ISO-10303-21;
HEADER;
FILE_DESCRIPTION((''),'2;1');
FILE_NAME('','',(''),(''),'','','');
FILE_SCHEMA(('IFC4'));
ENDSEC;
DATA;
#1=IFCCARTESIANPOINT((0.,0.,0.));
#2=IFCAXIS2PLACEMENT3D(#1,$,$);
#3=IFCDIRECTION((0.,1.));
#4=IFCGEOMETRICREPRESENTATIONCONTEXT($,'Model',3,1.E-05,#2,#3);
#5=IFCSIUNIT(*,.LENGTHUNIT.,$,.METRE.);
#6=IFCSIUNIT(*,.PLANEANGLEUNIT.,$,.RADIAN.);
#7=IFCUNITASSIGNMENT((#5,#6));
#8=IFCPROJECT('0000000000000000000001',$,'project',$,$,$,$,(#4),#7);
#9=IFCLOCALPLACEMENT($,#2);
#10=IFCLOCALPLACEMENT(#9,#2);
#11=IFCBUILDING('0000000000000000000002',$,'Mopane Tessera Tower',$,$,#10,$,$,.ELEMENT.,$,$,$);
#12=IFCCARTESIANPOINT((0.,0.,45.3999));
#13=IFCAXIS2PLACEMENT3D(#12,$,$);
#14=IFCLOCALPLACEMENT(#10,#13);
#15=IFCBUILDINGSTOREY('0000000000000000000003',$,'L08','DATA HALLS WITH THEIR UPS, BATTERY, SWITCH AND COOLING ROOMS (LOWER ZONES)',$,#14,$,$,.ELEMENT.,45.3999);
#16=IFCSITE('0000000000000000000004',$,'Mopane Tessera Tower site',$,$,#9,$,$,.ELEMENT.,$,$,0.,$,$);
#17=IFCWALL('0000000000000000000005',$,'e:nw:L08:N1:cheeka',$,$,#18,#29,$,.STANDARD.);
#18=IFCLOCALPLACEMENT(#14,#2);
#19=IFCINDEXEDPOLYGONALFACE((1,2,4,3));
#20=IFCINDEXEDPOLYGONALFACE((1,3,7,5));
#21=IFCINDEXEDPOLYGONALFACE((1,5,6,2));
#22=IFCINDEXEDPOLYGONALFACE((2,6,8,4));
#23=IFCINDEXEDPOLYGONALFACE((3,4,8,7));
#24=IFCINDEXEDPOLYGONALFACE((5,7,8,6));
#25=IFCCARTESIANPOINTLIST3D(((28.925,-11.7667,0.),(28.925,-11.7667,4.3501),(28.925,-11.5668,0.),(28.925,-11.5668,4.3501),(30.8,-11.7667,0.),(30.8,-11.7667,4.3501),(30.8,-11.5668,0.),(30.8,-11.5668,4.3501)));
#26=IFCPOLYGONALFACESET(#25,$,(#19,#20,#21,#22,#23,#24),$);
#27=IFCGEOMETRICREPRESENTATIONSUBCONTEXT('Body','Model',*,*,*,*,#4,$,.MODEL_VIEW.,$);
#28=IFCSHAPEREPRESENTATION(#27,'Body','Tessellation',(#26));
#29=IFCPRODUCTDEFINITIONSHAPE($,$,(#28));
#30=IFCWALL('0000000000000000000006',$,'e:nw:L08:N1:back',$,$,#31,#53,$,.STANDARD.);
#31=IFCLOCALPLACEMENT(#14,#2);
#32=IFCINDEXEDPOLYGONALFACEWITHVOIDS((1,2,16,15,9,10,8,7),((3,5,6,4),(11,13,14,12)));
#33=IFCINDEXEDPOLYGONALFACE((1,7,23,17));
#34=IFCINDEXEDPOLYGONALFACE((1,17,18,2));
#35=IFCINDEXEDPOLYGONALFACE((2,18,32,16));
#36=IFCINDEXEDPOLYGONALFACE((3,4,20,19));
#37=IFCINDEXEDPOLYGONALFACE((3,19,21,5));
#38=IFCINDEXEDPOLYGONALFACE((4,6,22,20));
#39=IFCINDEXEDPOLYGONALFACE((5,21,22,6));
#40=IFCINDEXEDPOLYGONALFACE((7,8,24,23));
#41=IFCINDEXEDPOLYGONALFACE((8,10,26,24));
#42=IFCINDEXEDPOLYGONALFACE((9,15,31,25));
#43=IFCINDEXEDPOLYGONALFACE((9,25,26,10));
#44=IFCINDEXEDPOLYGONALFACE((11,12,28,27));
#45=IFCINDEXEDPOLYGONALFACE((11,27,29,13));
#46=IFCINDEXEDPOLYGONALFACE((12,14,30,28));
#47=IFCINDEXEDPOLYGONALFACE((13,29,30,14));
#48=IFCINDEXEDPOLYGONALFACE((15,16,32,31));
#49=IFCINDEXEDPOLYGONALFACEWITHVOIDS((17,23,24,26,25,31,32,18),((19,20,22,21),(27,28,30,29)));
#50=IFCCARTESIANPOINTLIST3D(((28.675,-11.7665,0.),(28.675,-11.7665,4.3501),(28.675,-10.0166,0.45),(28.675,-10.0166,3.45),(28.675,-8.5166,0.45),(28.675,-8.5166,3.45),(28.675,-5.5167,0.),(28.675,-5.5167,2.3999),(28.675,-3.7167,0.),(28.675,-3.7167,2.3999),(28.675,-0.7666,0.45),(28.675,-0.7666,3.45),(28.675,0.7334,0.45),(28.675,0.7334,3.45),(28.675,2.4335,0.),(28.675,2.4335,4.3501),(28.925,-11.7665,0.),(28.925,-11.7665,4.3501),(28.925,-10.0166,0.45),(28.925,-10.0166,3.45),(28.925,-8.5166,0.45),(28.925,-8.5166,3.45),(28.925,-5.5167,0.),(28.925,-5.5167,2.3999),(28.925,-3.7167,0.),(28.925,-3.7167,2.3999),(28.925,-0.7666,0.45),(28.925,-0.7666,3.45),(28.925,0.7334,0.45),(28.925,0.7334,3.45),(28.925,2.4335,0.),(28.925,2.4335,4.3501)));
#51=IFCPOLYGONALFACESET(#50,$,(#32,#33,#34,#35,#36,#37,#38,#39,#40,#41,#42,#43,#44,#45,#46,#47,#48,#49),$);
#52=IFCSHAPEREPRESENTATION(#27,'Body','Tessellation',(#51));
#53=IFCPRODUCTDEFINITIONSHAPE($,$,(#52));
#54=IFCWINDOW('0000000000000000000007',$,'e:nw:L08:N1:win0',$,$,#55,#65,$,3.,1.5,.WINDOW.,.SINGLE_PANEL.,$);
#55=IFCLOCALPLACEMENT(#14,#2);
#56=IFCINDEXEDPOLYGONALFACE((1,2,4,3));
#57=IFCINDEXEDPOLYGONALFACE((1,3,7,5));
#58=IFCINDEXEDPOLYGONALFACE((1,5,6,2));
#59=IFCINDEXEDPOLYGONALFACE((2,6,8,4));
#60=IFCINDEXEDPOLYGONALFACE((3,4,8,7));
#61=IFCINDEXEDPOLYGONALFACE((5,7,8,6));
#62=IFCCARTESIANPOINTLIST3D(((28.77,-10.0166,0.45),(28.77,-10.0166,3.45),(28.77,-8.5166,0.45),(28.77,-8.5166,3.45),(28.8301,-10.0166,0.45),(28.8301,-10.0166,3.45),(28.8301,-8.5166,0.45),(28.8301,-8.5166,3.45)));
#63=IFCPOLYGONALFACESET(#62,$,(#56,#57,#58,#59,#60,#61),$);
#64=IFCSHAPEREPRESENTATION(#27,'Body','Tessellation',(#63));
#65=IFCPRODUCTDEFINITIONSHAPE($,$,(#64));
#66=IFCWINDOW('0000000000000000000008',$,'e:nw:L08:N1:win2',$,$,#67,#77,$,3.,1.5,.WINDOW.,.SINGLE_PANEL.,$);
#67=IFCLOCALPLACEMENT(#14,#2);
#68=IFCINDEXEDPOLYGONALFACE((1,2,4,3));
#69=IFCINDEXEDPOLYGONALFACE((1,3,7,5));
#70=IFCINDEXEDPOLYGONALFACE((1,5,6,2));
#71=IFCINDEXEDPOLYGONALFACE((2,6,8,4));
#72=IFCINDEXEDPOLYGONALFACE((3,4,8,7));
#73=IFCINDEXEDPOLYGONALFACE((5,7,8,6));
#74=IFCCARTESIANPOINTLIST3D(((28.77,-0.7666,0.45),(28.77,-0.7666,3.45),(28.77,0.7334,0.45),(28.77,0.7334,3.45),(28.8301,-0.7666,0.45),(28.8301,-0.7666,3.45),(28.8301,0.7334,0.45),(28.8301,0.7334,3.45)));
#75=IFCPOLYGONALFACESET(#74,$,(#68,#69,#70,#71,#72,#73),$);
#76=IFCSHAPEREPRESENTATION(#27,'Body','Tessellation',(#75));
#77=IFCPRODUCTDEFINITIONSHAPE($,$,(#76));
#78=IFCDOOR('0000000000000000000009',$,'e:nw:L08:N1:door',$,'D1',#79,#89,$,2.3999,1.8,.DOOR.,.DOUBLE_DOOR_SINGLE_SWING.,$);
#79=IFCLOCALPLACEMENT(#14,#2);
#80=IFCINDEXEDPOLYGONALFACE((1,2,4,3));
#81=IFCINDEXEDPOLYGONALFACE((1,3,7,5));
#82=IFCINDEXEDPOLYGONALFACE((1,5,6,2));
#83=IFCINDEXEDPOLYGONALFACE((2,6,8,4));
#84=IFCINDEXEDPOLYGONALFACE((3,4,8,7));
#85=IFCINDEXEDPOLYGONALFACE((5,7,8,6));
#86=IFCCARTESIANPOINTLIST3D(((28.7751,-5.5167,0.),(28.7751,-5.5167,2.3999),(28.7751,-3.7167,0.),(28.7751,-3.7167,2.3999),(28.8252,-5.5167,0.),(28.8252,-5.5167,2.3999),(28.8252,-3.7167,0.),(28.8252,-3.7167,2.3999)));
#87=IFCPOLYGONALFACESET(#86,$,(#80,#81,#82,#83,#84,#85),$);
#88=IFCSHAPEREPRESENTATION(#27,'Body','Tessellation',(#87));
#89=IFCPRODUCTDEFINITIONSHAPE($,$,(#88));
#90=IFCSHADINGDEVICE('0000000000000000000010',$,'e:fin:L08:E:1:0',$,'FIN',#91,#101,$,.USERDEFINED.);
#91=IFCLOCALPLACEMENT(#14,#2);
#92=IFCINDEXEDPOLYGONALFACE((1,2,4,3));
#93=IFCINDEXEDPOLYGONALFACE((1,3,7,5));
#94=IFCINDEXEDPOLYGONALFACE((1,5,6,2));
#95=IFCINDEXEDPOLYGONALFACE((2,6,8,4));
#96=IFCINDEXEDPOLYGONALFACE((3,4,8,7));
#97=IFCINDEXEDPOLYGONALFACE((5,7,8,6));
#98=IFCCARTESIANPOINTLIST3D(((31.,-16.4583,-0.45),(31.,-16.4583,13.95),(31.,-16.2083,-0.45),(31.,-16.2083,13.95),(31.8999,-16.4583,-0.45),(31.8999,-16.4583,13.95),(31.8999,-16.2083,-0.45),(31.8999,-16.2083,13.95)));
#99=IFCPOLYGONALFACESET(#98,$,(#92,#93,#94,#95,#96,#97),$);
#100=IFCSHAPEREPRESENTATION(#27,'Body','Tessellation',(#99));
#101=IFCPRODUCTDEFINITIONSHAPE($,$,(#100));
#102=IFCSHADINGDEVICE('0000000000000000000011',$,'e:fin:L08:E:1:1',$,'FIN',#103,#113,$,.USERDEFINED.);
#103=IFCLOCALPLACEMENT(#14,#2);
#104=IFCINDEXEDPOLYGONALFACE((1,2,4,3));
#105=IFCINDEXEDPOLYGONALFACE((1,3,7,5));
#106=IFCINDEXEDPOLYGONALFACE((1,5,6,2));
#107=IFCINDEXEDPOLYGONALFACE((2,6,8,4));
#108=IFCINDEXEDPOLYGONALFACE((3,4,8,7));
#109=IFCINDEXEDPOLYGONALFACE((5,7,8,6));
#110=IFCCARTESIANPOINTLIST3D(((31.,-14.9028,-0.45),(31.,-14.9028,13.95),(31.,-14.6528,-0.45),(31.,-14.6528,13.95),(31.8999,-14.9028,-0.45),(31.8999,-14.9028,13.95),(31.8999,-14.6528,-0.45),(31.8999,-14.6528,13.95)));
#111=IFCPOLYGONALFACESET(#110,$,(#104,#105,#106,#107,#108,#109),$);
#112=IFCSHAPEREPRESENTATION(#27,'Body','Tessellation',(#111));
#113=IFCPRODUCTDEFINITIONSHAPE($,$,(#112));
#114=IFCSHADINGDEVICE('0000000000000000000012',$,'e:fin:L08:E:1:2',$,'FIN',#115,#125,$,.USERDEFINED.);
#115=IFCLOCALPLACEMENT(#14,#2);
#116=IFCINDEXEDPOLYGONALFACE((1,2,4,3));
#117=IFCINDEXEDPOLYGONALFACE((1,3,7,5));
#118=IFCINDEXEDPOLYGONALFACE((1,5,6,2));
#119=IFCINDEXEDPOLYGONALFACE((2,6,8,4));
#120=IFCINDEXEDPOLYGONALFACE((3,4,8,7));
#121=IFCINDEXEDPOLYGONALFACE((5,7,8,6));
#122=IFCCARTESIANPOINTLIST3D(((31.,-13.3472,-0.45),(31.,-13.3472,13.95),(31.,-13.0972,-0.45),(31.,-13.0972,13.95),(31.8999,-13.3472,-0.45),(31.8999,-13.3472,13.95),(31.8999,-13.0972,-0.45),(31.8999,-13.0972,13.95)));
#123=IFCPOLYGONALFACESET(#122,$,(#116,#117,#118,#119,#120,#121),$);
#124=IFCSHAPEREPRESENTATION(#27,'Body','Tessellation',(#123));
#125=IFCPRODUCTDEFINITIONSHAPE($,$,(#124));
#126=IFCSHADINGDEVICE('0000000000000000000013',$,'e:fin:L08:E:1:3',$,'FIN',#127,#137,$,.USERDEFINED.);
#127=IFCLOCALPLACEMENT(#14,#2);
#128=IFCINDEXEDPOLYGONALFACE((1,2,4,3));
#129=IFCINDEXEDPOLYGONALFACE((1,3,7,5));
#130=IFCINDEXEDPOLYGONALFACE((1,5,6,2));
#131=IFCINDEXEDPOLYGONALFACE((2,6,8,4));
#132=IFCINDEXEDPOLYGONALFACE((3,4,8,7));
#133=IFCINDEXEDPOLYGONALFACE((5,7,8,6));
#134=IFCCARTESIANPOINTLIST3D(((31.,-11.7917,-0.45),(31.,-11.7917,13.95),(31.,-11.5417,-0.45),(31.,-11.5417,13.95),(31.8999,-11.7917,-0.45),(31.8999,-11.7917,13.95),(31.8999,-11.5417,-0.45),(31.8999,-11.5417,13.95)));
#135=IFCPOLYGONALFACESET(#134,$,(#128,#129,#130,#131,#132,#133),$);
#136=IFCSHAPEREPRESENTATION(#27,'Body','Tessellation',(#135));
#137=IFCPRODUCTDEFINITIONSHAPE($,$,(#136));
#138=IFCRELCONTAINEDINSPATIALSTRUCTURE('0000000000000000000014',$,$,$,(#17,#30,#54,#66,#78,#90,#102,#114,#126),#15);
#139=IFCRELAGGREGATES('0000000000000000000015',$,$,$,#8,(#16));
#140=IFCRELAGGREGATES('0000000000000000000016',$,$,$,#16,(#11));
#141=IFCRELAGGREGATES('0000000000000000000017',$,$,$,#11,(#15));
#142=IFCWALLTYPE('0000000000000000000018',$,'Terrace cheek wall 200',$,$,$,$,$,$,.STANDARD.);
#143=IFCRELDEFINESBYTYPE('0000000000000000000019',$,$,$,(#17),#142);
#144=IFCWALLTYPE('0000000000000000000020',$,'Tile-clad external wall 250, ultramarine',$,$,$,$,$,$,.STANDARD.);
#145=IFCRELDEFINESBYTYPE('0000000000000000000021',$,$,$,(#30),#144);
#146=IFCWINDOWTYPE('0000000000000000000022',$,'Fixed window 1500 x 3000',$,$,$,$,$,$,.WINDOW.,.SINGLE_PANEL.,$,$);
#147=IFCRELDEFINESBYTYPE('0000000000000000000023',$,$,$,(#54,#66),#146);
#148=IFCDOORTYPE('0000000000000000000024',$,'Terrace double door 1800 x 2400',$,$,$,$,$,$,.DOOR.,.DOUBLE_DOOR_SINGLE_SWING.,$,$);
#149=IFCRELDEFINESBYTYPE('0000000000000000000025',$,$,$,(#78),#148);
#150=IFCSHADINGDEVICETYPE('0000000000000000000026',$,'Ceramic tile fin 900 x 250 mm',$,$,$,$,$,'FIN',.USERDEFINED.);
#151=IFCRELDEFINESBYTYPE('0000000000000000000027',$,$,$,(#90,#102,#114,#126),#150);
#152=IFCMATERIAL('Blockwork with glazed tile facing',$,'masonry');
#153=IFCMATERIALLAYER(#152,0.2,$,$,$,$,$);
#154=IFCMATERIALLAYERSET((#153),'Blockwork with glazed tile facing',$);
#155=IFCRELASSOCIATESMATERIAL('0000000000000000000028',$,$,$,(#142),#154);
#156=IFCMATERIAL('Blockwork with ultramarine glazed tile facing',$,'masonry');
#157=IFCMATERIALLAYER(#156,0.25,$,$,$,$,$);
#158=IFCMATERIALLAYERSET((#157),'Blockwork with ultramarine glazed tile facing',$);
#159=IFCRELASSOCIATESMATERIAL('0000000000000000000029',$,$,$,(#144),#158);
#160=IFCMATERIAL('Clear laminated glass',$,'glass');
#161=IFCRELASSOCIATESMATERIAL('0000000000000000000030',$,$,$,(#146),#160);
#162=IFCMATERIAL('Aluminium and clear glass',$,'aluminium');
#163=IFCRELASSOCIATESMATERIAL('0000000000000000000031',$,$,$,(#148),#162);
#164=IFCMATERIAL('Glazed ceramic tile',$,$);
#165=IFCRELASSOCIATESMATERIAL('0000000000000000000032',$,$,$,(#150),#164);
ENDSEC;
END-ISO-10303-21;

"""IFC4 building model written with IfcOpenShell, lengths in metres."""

from ifc_helpers import new_model, si_unit, direction, frame, frame_2d, origin, origin_2d, place, context, subcontext, project, spatial, rectangle, extrude, material, layer, layer_set, type_object, element, fill, save


model = new_model("IFC4")

# Units and contexts
model_context = context("Model", 3, precision=1e-05, world=origin(), true_north=direction((0.0, 1.0)))
body_context = subcontext(model_context, "Body", "Model", "MODEL_VIEW")
ifc_project = project(units=[si_unit("LENGTHUNIT", "METRE"), si_unit("PLANEANGLEUNIT", "RADIAN")], contexts=[model_context])

# Site, building, storey
site_placement = place(None, origin())
site = spatial("IfcSite", under=ifc_project, at=site_placement, Name="Mopane Tessera Tower site", CompositionType="ELEMENT", RefElevation=0.0)
building_placement = place(site_placement, origin())
building = spatial("IfcBuilding", under=site, at=building_placement, Name="Mopane Tessera Tower", CompositionType="ELEMENT")
storey_placement = place(building_placement, frame((0.0, 0.0, 45.3999)))
storey = spatial("IfcBuildingStorey", under=building, at=storey_placement, Name="L08", Description="DATA HALLS WITH THEIR UPS, BATTERY, SWITCH AND COOLING ROOMS (LOWER ZONES)", CompositionType="ELEMENT", Elevation=45.3999)

# Wall
ifc_material_1 = material(Name="Blockwork with glazed tile facing", Category="masonry")
ifc_layer_1 = layer(ifc_material_1, 0.2)
ifc_layer_set_1 = layer_set([ifc_layer_1], Name="Blockwork with glazed tile facing")
wall_type_1 = type_object("IfcWallType", Name="Terrace cheek wall 200", PredefinedType="STANDARD", material=ifc_layer_set_1)
wall_1_placement = place(storey_placement, frame((30.8, -11.6667, 0.0), z_axis=(0.0, 0.0, 1.0), x_axis=(-1.0, 0.0, 0.0)))
element("IfcWall", 1, at=wall_1_placement, inside=storey, type_object=wall_type_1, Name="e:nw:L08:N1:cheeka", PredefinedType="STANDARD", context=body_context, shape_type="SweptSolid", body=[
    extrude(rectangle(XDim=1.875, YDim=0.2, at=frame_2d((0.9375, 0.0))), origin(), (0.0, 0.0, 1.0), 4.3501),
])

# Wall, openings, windows, door
ifc_material_2 = material(Name="Blockwork with ultramarine glazed tile facing", Category="masonry")
ifc_layer_2 = layer(ifc_material_2, 0.25)
ifc_layer_set_2 = layer_set([ifc_layer_2], Name="Blockwork with ultramarine glazed tile facing")
wall_type_2 = type_object("IfcWallType", Name="Tile-clad external wall 250, ultramarine", PredefinedType="STANDARD", material=ifc_layer_set_2)
wall_2_placement = place(storey_placement, frame((28.8, -11.7666, 0.0), z_axis=(0.0, 0.0, 1.0), x_axis=(0.0, 1.0, 0.0)))
wall_2 = element("IfcWall", 2, at=wall_2_placement, inside=storey, type_object=wall_type_2, Name="e:nw:L08:N1:back", PredefinedType="STANDARD", context=body_context, shape_type="SweptSolid", body=[
    extrude(rectangle(XDim=14.2, YDim=0.25, at=frame_2d((7.1001, 0.0))), origin(), (0.0, 0.0, 1.0), 4.3501),
])
opening_1_placement = place(wall_2_placement, frame((1.75, 0.0, 0.45)))
opening_1 = element("IfcOpeningElement", 3, at=opening_1_placement, cuts=wall_2, PredefinedType="OPENING", context=body_context, shape_type="SweptSolid", body=[
    extrude(rectangle(XDim=1.5, YDim=3.0, at=frame_2d((0.75, 1.5))), frame((0.0, 0.137, 0.0), z_axis=(0.0, -1.0, 0.0), x_axis=(1.0, 0.0, 0.0)), (0.0, 0.0, 1.0), 0.2739),
])
opening_2_placement = place(wall_2_placement, frame((6.25, 0.0, 0.0)))
opening_2 = element("IfcOpeningElement", 4, at=opening_2_placement, cuts=wall_2, PredefinedType="OPENING", context=body_context, shape_type="SweptSolid", body=[
    extrude(rectangle(XDim=1.8, YDim=2.3999, at=frame_2d((0.8999, 1.2))), frame((0.0, 0.137, 0.0), z_axis=(0.0, -1.0, 0.0), x_axis=(1.0, 0.0, 0.0)), (0.0, 0.0, 1.0), 0.2739),
])
opening_3_placement = place(wall_2_placement, frame((11.0, 0.0, 0.45)))
opening_3 = element("IfcOpeningElement", 5, at=opening_3_placement, cuts=wall_2, PredefinedType="OPENING", context=body_context, shape_type="SweptSolid", body=[
    extrude(rectangle(XDim=1.5, YDim=3.0, at=frame_2d((0.75, 1.5))), frame((0.0, 0.137, 0.0), z_axis=(0.0, -1.0, 0.0), x_axis=(1.0, 0.0, 0.0)), (0.0, 0.0, 1.0), 0.2739),
])
ifc_material_3 = material(Name="Clear laminated glass", Category="glass")
window_type = type_object("IfcWindowType", Name="Fixed window 1500 x 3000", PartitioningType="SINGLE_PANEL", PredefinedType="WINDOW", material=ifc_material_3)
window_1_placement = place(opening_1_placement, origin())
window_1 = element("IfcWindow", 6, at=window_1_placement, inside=storey, type_object=window_type, Name="e:nw:L08:N1:win0", OverallHeight=3.0, OverallWidth=1.5, PartitioningType="SINGLE_PANEL", PredefinedType="WINDOW", context=body_context, shape_type="SweptSolid", body=[
    extrude(rectangle(XDim=1.5, YDim=3.0, at=frame_2d((0.75, 1.5))), frame((0.0, 0.03, 0.0), z_axis=(0.0, -1.0, 0.0), x_axis=(1.0, 0.0, 0.0)), (0.0, 0.0, 1.0), 0.0601),
])
fill(opening_1, window_1)
window_2_placement = place(opening_3_placement, origin())
window_2 = element("IfcWindow", 7, at=window_2_placement, inside=storey, type_object=window_type, Name="e:nw:L08:N1:win2", OverallHeight=3.0, OverallWidth=1.5, PartitioningType="SINGLE_PANEL", PredefinedType="WINDOW", context=body_context, shape_type="SweptSolid", body=[
    extrude(rectangle(XDim=1.5, YDim=3.0, at=frame_2d((0.75, 1.5))), frame((0.0, 0.03, 0.0), z_axis=(0.0, -1.0, 0.0), x_axis=(1.0, 0.0, 0.0)), (0.0, 0.0, 1.0), 0.0601),
])
fill(opening_3, window_2)
ifc_material_4 = material(Name="Aluminium and clear glass", Category="aluminium")
door_type_1 = type_object("IfcDoorType", Name="Terrace double door 1800 x 2400", OperationType="DOUBLE_DOOR_SINGLE_SWING", PredefinedType="DOOR", material=ifc_material_4)
door_1_placement = place(opening_2_placement, origin())
door_1 = element("IfcDoor", 8, at=door_1_placement, inside=storey, type_object=door_type_1, Name="e:nw:L08:N1:door", ObjectType="D1", OperationType="DOUBLE_DOOR_SINGLE_SWING", OverallHeight=2.3999, OverallWidth=1.8, PredefinedType="DOOR", context=body_context, shape_type="SweptSolid", body=[
    extrude(rectangle(XDim=1.8, YDim=2.3999, at=frame_2d((0.8999, 1.2))), frame((0.0, 0.0249, 0.0), z_axis=(0.0, -1.0, 0.0), x_axis=(1.0, 0.0, 0.0)), (0.0, 0.0, 1.0), 0.05),
])
fill(opening_2, door_1)

# Shading devices
ifc_material_5 = material(Name="Glazed ceramic tile")
shading_device_type = type_object("IfcShadingDeviceType", Name="Ceramic tile fin 900 x 250 mm", ElementType="FIN", PredefinedType="USERDEFINED", material=ifc_material_5)
for number, where, z_axis, x_axis, name in (
    (9, (31.45, -16.3333, -0.45), (0.0, 0.0, 1.0), (0.0, 1.0, 0.0), "e:fin:L08:E:1:0"),
    (10, (31.45, -14.7778, -0.45), (0.0, 0.0, 1.0), (0.0, 1.0, 0.0), "e:fin:L08:E:1:1"),
    (11, (31.45, -13.2222, -0.45), (0.0, 0.0, 1.0), (0.0, 1.0, 0.0), "e:fin:L08:E:1:2"),
    (12, (31.45, -11.6667, -0.45), (0.0, 0.0, 1.0), (0.0, 1.0, 0.0), "e:fin:L08:E:1:3"),
):
    element("IfcShadingDevice", number, at=place(storey_placement, frame(where, z_axis=z_axis, x_axis=x_axis)), inside=storey, type_object=shading_device_type, Name=name, ObjectType="FIN", PredefinedType="USERDEFINED", context=body_context, shape_type="SweptSolid", body=[
        extrude(rectangle(XDim=0.25, YDim=0.8999, at=origin_2d()), origin(), (0.0, 0.0, 1.0), 14.3999),
    ])

save(model, "model.ifc")
